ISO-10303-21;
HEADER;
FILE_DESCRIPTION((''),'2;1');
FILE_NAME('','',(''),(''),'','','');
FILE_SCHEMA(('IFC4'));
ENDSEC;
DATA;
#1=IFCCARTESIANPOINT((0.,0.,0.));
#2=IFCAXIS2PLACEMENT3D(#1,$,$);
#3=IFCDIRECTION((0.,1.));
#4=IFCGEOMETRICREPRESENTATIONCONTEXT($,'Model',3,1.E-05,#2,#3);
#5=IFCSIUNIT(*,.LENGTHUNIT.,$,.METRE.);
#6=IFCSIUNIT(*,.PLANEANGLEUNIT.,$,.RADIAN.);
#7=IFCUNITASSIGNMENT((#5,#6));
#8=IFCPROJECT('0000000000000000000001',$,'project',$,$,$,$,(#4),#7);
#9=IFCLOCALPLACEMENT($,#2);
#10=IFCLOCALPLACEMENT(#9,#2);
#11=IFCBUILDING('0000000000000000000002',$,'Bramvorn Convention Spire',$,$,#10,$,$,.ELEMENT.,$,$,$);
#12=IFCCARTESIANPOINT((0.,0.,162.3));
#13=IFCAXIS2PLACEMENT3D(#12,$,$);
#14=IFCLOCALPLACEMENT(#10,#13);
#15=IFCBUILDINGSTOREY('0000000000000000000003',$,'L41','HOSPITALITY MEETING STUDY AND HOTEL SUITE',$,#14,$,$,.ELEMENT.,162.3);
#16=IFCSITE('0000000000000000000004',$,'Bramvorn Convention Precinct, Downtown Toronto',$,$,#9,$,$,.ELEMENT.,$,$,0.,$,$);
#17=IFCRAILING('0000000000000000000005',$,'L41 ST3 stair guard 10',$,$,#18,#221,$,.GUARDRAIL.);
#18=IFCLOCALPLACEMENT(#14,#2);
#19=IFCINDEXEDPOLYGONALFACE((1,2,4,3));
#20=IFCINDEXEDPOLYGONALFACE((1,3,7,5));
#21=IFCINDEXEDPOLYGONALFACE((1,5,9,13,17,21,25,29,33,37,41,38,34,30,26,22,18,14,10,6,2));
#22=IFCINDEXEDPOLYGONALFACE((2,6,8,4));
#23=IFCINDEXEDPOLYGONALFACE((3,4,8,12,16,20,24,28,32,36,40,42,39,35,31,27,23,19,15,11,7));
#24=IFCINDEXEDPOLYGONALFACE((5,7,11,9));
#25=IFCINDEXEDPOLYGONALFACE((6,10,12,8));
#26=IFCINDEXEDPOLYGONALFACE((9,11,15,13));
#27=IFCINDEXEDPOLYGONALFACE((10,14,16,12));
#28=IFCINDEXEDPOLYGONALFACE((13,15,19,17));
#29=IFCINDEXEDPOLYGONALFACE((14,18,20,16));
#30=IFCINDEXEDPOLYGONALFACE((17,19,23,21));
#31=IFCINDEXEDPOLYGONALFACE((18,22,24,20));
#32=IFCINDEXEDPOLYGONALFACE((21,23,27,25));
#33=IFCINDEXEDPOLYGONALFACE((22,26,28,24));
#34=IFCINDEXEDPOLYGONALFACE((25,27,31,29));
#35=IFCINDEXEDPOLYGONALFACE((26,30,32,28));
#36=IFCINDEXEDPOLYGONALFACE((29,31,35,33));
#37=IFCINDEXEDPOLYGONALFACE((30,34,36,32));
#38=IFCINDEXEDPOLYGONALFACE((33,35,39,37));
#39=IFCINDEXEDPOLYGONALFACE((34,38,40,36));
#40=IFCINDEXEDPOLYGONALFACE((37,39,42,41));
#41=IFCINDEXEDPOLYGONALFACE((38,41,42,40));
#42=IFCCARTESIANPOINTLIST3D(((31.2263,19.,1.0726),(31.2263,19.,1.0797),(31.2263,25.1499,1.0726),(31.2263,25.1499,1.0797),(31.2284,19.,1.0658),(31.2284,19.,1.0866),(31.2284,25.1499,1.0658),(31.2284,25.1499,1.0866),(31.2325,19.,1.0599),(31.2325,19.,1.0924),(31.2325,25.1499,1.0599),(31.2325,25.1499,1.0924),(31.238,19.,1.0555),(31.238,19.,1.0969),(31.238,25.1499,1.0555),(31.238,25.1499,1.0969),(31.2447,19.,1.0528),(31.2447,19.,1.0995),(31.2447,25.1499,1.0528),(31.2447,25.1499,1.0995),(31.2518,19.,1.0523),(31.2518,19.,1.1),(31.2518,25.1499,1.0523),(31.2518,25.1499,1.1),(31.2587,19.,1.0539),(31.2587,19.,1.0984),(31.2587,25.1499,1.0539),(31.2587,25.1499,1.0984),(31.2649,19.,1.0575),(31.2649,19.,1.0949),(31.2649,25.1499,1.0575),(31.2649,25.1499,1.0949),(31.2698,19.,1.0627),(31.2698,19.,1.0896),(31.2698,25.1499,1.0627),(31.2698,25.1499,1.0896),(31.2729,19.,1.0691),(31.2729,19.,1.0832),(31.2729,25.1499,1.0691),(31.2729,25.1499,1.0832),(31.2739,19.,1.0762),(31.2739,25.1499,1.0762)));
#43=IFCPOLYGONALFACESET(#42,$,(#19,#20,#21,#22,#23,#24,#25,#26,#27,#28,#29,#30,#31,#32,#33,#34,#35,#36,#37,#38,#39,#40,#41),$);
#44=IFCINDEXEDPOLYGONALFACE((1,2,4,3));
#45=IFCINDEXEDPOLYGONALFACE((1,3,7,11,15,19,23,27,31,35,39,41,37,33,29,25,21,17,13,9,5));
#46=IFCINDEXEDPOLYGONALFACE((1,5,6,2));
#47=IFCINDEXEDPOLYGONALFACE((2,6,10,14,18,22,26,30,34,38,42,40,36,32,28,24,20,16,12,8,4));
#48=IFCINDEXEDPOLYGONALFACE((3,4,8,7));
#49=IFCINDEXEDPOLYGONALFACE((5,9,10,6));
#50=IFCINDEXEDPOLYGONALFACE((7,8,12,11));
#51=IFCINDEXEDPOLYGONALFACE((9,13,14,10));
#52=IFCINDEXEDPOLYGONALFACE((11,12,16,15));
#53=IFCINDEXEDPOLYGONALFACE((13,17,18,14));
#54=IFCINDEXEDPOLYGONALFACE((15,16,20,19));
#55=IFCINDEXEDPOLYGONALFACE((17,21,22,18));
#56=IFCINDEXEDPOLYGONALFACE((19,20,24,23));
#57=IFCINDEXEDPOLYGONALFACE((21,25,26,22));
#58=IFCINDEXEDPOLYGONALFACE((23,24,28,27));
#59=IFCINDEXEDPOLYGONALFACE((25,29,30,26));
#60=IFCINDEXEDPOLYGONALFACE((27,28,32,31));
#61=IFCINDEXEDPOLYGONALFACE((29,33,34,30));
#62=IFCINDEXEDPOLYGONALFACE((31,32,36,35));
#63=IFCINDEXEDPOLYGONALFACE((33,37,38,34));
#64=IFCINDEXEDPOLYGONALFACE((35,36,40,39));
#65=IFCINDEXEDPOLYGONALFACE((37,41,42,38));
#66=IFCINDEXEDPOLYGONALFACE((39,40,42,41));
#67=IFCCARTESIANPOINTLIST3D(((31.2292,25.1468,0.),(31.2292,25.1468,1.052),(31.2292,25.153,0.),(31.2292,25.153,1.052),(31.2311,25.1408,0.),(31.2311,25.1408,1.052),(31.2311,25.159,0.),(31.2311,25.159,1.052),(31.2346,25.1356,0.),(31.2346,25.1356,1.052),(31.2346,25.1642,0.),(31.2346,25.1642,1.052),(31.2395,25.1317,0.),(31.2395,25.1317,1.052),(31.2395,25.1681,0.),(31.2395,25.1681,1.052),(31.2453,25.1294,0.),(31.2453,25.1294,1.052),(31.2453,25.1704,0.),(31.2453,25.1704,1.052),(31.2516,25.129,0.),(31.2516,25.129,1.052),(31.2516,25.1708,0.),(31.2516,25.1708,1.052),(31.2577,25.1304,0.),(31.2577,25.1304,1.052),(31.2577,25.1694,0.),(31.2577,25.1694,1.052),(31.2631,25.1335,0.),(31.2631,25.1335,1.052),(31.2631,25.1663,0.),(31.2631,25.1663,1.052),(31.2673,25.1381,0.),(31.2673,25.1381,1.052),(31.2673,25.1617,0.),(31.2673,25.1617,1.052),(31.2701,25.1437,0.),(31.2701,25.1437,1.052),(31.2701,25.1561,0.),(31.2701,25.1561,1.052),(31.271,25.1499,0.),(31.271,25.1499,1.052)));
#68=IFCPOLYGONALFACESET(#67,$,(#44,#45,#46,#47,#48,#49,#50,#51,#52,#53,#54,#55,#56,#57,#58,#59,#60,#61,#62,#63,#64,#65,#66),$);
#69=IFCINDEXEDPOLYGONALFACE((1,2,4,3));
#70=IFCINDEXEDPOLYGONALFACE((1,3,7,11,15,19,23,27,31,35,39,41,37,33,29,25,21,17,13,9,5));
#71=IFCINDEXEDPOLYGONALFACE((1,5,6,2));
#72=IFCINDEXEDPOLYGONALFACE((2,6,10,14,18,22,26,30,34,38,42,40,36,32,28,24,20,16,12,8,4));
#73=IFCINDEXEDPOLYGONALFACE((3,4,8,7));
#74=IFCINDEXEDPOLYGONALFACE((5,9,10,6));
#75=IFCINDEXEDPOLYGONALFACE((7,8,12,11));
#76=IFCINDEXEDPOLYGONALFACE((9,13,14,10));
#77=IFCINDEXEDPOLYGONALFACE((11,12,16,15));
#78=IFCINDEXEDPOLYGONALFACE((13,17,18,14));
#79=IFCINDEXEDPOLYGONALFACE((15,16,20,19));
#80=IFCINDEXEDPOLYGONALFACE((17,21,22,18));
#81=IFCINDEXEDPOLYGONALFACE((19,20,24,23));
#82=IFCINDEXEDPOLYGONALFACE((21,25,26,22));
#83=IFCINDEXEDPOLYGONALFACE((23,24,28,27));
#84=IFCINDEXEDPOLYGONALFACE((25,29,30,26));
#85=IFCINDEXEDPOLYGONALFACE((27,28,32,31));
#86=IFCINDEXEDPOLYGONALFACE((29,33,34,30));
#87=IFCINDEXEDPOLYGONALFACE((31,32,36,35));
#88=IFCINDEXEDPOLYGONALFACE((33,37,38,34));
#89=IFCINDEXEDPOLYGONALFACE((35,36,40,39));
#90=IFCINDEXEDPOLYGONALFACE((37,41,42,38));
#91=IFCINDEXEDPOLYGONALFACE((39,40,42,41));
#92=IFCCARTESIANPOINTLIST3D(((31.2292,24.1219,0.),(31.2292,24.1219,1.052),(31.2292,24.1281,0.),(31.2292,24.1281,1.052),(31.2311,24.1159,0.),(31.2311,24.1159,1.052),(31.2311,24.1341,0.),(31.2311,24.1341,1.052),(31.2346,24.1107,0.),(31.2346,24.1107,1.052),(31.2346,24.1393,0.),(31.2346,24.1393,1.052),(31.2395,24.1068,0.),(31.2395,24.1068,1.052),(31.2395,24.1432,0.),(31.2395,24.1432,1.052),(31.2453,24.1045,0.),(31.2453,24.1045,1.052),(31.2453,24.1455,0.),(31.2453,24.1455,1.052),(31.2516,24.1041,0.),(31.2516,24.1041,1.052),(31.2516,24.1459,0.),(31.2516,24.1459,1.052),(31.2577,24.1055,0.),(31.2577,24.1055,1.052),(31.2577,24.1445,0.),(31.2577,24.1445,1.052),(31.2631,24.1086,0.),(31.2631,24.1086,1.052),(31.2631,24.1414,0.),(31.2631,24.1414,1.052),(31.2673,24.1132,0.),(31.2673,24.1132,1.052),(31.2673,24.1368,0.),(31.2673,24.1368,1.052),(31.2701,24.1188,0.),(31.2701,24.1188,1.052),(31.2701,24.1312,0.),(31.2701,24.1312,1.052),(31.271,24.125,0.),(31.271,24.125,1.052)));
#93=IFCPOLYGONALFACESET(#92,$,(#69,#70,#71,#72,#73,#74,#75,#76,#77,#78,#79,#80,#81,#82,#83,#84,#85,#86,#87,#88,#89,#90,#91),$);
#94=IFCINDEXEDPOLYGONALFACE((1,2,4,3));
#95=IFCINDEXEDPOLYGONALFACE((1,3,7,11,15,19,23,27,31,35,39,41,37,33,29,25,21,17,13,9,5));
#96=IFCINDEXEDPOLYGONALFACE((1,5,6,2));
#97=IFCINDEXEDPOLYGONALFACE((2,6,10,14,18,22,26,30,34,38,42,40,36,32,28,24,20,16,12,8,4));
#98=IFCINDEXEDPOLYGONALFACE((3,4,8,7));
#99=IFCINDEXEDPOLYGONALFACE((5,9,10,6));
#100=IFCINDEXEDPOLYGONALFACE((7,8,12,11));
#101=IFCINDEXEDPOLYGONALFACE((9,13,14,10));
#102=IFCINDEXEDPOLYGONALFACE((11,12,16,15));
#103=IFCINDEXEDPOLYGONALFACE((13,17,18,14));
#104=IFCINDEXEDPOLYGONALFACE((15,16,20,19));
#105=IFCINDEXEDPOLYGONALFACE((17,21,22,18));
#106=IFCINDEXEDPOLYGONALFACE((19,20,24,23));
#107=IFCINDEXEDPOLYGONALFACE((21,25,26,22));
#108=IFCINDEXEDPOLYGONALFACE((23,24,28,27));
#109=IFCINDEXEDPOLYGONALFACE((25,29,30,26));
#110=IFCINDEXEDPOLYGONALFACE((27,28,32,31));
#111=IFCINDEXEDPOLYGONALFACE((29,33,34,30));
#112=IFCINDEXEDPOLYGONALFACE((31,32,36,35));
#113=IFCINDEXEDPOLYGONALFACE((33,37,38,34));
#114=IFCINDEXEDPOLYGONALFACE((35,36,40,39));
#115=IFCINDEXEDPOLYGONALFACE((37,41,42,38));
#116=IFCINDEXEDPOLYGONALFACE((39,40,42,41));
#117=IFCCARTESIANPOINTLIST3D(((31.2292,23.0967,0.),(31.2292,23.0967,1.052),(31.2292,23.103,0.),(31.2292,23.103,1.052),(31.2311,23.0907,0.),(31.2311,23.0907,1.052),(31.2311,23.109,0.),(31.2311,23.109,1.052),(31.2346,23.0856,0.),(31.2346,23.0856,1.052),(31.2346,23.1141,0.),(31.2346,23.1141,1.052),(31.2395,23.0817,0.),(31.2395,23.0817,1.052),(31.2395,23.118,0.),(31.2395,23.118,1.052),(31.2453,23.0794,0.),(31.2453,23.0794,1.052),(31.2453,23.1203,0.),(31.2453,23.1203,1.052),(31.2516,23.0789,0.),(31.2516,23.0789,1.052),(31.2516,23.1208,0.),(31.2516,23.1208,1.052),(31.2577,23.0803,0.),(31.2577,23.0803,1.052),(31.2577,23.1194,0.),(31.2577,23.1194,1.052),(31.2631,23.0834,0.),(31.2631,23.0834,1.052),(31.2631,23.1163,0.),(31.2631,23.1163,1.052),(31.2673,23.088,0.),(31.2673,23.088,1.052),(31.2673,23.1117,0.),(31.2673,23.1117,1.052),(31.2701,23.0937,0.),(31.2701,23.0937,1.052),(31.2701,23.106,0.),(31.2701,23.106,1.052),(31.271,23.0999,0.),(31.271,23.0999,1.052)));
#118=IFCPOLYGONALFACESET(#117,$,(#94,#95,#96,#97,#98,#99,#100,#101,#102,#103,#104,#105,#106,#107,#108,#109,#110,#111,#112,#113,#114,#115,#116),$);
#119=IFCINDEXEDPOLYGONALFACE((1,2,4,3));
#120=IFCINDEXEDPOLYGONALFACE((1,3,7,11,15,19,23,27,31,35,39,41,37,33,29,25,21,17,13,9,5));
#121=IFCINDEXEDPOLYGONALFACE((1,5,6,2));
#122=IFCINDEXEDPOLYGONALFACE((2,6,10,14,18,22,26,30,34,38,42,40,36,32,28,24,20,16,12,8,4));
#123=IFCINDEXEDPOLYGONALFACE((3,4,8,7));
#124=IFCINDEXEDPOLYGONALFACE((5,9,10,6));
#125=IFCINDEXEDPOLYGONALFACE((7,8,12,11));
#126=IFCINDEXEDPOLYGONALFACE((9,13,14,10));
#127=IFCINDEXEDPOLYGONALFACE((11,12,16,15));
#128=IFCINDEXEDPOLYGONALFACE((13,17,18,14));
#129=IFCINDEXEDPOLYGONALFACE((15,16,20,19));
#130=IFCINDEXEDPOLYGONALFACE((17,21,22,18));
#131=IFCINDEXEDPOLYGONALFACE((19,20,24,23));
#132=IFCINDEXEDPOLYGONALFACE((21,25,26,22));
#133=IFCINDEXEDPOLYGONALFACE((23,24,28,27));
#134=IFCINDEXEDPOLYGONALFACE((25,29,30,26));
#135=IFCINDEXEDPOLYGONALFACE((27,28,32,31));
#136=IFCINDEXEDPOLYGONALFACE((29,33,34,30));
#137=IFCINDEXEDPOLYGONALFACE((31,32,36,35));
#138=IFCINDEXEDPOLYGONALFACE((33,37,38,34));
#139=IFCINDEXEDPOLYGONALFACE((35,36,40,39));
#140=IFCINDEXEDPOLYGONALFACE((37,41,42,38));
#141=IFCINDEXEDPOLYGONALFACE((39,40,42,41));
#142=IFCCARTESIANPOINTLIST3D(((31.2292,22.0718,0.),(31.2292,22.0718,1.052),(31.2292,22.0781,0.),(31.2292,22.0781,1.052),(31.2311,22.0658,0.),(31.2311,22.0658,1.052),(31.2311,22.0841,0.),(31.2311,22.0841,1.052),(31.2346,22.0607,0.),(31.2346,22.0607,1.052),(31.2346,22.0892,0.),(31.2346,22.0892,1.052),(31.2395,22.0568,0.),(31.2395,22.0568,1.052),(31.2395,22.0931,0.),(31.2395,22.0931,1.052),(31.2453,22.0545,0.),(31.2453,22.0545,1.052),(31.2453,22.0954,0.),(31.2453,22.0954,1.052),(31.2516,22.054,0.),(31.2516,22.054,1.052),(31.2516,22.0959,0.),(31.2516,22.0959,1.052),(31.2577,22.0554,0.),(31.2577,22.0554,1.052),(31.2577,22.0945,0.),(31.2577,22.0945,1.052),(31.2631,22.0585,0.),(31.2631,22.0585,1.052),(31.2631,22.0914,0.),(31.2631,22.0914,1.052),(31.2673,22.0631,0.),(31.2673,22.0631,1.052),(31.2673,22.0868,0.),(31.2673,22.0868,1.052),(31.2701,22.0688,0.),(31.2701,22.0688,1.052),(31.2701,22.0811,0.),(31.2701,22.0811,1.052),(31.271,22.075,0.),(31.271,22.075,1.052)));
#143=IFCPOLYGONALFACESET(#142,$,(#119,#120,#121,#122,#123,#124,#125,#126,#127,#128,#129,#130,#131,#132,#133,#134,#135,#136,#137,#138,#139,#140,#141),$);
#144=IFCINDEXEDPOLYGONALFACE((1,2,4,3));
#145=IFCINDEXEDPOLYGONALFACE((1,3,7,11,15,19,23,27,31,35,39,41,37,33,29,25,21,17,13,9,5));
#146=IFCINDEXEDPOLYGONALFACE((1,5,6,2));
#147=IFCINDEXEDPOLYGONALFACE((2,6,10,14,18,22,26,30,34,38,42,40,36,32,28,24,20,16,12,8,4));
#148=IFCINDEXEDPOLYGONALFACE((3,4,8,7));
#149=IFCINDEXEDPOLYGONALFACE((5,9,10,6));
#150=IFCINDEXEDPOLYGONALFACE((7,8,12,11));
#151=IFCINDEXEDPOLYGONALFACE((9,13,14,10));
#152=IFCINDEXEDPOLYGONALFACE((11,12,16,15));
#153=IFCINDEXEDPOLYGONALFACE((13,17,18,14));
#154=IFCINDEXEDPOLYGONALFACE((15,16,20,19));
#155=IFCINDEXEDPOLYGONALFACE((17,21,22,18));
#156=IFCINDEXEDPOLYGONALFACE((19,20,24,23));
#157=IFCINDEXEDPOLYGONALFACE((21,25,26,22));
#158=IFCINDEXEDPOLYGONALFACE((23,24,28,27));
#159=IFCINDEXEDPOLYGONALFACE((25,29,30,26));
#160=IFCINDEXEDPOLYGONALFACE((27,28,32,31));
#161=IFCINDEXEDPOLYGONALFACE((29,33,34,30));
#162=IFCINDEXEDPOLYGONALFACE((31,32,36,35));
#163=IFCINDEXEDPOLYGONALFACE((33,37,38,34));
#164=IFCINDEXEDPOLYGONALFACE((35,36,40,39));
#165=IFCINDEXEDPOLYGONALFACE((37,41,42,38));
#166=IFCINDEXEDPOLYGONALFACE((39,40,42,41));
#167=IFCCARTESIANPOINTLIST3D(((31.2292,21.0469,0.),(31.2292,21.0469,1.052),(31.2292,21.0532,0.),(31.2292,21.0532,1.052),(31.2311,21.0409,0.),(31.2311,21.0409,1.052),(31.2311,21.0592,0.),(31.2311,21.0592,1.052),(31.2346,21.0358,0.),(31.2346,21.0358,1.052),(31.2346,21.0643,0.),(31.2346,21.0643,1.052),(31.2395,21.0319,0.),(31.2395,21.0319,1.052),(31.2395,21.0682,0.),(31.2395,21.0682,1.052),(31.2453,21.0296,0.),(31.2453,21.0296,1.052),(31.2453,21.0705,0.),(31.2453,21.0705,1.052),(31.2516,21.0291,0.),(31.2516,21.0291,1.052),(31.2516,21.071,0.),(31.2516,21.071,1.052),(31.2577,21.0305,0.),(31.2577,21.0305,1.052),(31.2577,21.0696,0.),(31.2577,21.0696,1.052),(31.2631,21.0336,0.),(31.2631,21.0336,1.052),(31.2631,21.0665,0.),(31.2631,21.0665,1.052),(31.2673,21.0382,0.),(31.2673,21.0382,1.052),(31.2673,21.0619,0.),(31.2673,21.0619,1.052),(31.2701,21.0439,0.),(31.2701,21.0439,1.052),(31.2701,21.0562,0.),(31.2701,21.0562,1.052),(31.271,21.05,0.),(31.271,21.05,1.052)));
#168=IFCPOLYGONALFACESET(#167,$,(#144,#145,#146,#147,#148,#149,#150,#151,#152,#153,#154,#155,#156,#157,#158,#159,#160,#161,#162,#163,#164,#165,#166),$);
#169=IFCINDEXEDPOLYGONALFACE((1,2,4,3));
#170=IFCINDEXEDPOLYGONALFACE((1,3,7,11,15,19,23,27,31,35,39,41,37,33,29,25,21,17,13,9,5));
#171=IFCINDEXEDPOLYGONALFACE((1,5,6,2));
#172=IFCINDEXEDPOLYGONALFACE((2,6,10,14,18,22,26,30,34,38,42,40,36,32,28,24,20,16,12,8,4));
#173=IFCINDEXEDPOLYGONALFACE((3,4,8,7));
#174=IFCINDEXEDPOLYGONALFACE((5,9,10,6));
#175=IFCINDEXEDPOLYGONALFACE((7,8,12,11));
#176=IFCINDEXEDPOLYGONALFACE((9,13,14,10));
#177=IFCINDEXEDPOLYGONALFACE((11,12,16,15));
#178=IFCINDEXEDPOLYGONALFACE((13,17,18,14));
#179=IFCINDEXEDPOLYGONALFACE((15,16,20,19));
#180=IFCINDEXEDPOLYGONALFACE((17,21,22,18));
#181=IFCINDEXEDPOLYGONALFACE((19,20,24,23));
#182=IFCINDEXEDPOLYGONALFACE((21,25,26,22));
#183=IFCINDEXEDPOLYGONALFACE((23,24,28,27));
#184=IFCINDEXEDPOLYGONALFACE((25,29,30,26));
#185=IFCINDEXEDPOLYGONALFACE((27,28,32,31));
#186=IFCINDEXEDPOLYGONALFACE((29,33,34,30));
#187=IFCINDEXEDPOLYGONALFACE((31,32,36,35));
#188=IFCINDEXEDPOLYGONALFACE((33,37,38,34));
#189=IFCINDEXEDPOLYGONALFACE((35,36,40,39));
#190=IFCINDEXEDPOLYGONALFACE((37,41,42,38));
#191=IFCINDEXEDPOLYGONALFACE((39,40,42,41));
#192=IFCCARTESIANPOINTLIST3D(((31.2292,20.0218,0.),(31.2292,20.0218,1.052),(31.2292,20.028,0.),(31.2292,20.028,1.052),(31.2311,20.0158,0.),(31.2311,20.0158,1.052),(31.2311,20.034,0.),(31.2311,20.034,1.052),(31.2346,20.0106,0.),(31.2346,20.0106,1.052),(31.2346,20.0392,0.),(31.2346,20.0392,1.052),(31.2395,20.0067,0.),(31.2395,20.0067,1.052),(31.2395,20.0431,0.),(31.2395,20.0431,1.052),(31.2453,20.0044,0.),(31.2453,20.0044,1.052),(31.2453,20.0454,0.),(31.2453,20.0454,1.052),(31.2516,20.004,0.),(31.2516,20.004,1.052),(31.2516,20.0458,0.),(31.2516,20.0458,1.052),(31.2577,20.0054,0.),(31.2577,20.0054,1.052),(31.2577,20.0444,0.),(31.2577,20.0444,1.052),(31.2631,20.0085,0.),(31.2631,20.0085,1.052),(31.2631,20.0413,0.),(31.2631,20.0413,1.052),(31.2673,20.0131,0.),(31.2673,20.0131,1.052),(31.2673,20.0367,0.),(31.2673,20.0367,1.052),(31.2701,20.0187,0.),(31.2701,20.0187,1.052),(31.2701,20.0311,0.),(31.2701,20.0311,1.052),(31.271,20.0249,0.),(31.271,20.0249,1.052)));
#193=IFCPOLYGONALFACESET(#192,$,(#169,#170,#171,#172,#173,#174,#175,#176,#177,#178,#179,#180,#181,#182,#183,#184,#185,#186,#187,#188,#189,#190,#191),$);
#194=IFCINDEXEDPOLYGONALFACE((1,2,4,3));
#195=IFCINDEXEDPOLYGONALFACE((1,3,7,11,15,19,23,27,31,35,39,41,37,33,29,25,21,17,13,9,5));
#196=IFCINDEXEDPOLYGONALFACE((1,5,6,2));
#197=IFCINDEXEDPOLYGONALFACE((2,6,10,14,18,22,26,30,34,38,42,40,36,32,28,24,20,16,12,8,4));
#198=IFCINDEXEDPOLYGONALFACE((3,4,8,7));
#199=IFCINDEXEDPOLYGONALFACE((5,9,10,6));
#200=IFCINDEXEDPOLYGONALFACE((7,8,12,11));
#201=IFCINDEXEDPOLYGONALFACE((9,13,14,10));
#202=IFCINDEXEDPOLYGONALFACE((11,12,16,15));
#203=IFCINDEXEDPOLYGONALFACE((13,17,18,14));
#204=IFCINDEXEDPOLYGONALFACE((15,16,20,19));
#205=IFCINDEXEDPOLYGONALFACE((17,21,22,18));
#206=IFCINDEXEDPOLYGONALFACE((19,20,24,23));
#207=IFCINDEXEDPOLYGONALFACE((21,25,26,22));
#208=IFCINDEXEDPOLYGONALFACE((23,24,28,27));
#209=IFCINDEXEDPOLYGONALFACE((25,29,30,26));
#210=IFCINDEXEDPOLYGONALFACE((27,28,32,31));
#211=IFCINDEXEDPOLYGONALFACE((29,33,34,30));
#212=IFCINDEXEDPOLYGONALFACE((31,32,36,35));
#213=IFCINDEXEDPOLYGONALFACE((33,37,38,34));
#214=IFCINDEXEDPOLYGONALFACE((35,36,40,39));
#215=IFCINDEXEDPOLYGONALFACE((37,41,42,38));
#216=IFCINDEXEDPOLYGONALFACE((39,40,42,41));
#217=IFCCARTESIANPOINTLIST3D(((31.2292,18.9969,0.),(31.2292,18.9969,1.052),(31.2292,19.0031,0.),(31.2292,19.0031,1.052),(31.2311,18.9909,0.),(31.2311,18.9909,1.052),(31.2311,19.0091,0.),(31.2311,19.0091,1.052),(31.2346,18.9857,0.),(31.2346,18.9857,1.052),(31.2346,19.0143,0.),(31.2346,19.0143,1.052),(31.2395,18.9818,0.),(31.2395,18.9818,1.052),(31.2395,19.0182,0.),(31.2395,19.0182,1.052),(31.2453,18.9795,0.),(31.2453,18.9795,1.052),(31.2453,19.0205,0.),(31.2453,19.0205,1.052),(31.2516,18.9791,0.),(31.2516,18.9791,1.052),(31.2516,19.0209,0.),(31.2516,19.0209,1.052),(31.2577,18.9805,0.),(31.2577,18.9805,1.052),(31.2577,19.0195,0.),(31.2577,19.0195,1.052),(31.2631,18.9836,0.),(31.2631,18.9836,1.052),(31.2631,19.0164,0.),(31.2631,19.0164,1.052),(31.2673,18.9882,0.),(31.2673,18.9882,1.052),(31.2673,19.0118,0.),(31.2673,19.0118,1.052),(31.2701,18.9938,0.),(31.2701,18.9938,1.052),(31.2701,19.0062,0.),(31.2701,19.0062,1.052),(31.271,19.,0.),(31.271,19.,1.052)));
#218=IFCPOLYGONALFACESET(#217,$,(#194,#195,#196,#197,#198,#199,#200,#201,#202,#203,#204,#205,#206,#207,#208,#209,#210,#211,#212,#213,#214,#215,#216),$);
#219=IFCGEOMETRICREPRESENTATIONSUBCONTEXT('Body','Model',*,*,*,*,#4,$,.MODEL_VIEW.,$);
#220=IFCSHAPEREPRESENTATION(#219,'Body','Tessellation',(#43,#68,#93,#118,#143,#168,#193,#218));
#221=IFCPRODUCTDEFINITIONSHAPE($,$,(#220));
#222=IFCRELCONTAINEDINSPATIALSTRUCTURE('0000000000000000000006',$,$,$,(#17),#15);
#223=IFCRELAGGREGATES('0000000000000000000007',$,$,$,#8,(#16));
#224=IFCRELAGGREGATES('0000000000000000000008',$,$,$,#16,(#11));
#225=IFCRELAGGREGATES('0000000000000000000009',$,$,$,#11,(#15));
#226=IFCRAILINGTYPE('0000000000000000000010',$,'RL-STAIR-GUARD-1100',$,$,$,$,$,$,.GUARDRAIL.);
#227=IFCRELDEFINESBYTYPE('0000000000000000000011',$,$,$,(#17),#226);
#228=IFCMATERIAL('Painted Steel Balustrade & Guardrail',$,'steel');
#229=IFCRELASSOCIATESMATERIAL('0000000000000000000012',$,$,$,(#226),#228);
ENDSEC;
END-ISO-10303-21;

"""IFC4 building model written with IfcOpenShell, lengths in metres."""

from ifc_helpers import new_model, si_unit, direction, frame, origin, origin_2d, place, context, subcontext, project, spatial, circle, extrude, material, type_object, element, save


model = new_model("IFC4")

# Units and contexts
model_context = context("Model", 3, precision=1e-05, world=origin(), true_north=direction((0.0, 1.0)))
body_context = subcontext(model_context, "Body", "Model", "MODEL_VIEW")
ifc_project = project(units=[si_unit("LENGTHUNIT", "METRE"), si_unit("PLANEANGLEUNIT", "RADIAN")], contexts=[model_context])

# Site, building, storey
site_placement = place(None, origin())
site = spatial("IfcSite", under=ifc_project, at=site_placement, Name="Bramvorn Convention Precinct, Downtown Toronto", CompositionType="ELEMENT", RefElevation=0.0)
building_placement = place(site_placement, origin())
building = spatial("IfcBuilding", under=site, at=building_placement, Name="Bramvorn Convention Spire", CompositionType="ELEMENT")
storey_placement = place(building_placement, frame((0.0, 0.0, 162.3)))
storey = spatial("IfcBuildingStorey", under=building, at=storey_placement, Name="L41", Description="HOSPITALITY MEETING STUDY AND HOTEL SUITE", CompositionType="ELEMENT", Elevation=162.3)

# Railing
ifc_material_1 = material(Name="Painted Steel Balustrade & Guardrail", Category="steel")
railing_type = type_object("IfcRailingType", Name="RL-STAIR-GUARD-1100", PredefinedType="GUARDRAIL", material=ifc_material_1)
railing_1_placement = place(storey_placement, frame((31.25, 25.1499, 0.0)))
element("IfcRailing", 1, at=railing_1_placement, inside=storey, type_object=railing_type, Name="L41 ST3 stair guard 10", PredefinedType="GUARDRAIL", context=body_context, shape_type="SweptSolid", body=[
    extrude(circle(Radius=0.0239, at=origin_2d()), frame((0.0, 0.0, 1.0762), z_axis=(0.0, -1.0, 0.0), x_axis=(1.0, 0.0, 0.0)), (0.0, 0.0, 1.0), 6.1499),
    extrude(circle(Radius=0.021, at=origin_2d()), origin(), (0.0, 0.0, 1.0), 1.052),
    extrude(circle(Radius=0.021, at=origin_2d()), frame((0.0, -1.0249, 0.0)), (0.0, 0.0, 1.0), 1.052),
    extrude(circle(Radius=0.021, at=origin_2d()), frame((0.0, -2.05, 0.0)), (0.0, 0.0, 1.0), 1.052),
    extrude(circle(Radius=0.021, at=origin_2d()), frame((0.0, -3.075, 0.0)), (0.0, 0.0, 1.0), 1.052),
    extrude(circle(Radius=0.021, at=origin_2d()), frame((0.0, -4.0999, 0.0)), (0.0, 0.0, 1.0), 1.052),
    extrude(circle(Radius=0.021, at=origin_2d()), frame((0.0, -5.125, 0.0)), (0.0, 0.0, 1.0), 1.052),
    extrude(circle(Radius=0.021, at=origin_2d()), frame((0.0, -6.1499, 0.0)), (0.0, 0.0, 1.0), 1.052),
])

save(model, "model.ifc")
